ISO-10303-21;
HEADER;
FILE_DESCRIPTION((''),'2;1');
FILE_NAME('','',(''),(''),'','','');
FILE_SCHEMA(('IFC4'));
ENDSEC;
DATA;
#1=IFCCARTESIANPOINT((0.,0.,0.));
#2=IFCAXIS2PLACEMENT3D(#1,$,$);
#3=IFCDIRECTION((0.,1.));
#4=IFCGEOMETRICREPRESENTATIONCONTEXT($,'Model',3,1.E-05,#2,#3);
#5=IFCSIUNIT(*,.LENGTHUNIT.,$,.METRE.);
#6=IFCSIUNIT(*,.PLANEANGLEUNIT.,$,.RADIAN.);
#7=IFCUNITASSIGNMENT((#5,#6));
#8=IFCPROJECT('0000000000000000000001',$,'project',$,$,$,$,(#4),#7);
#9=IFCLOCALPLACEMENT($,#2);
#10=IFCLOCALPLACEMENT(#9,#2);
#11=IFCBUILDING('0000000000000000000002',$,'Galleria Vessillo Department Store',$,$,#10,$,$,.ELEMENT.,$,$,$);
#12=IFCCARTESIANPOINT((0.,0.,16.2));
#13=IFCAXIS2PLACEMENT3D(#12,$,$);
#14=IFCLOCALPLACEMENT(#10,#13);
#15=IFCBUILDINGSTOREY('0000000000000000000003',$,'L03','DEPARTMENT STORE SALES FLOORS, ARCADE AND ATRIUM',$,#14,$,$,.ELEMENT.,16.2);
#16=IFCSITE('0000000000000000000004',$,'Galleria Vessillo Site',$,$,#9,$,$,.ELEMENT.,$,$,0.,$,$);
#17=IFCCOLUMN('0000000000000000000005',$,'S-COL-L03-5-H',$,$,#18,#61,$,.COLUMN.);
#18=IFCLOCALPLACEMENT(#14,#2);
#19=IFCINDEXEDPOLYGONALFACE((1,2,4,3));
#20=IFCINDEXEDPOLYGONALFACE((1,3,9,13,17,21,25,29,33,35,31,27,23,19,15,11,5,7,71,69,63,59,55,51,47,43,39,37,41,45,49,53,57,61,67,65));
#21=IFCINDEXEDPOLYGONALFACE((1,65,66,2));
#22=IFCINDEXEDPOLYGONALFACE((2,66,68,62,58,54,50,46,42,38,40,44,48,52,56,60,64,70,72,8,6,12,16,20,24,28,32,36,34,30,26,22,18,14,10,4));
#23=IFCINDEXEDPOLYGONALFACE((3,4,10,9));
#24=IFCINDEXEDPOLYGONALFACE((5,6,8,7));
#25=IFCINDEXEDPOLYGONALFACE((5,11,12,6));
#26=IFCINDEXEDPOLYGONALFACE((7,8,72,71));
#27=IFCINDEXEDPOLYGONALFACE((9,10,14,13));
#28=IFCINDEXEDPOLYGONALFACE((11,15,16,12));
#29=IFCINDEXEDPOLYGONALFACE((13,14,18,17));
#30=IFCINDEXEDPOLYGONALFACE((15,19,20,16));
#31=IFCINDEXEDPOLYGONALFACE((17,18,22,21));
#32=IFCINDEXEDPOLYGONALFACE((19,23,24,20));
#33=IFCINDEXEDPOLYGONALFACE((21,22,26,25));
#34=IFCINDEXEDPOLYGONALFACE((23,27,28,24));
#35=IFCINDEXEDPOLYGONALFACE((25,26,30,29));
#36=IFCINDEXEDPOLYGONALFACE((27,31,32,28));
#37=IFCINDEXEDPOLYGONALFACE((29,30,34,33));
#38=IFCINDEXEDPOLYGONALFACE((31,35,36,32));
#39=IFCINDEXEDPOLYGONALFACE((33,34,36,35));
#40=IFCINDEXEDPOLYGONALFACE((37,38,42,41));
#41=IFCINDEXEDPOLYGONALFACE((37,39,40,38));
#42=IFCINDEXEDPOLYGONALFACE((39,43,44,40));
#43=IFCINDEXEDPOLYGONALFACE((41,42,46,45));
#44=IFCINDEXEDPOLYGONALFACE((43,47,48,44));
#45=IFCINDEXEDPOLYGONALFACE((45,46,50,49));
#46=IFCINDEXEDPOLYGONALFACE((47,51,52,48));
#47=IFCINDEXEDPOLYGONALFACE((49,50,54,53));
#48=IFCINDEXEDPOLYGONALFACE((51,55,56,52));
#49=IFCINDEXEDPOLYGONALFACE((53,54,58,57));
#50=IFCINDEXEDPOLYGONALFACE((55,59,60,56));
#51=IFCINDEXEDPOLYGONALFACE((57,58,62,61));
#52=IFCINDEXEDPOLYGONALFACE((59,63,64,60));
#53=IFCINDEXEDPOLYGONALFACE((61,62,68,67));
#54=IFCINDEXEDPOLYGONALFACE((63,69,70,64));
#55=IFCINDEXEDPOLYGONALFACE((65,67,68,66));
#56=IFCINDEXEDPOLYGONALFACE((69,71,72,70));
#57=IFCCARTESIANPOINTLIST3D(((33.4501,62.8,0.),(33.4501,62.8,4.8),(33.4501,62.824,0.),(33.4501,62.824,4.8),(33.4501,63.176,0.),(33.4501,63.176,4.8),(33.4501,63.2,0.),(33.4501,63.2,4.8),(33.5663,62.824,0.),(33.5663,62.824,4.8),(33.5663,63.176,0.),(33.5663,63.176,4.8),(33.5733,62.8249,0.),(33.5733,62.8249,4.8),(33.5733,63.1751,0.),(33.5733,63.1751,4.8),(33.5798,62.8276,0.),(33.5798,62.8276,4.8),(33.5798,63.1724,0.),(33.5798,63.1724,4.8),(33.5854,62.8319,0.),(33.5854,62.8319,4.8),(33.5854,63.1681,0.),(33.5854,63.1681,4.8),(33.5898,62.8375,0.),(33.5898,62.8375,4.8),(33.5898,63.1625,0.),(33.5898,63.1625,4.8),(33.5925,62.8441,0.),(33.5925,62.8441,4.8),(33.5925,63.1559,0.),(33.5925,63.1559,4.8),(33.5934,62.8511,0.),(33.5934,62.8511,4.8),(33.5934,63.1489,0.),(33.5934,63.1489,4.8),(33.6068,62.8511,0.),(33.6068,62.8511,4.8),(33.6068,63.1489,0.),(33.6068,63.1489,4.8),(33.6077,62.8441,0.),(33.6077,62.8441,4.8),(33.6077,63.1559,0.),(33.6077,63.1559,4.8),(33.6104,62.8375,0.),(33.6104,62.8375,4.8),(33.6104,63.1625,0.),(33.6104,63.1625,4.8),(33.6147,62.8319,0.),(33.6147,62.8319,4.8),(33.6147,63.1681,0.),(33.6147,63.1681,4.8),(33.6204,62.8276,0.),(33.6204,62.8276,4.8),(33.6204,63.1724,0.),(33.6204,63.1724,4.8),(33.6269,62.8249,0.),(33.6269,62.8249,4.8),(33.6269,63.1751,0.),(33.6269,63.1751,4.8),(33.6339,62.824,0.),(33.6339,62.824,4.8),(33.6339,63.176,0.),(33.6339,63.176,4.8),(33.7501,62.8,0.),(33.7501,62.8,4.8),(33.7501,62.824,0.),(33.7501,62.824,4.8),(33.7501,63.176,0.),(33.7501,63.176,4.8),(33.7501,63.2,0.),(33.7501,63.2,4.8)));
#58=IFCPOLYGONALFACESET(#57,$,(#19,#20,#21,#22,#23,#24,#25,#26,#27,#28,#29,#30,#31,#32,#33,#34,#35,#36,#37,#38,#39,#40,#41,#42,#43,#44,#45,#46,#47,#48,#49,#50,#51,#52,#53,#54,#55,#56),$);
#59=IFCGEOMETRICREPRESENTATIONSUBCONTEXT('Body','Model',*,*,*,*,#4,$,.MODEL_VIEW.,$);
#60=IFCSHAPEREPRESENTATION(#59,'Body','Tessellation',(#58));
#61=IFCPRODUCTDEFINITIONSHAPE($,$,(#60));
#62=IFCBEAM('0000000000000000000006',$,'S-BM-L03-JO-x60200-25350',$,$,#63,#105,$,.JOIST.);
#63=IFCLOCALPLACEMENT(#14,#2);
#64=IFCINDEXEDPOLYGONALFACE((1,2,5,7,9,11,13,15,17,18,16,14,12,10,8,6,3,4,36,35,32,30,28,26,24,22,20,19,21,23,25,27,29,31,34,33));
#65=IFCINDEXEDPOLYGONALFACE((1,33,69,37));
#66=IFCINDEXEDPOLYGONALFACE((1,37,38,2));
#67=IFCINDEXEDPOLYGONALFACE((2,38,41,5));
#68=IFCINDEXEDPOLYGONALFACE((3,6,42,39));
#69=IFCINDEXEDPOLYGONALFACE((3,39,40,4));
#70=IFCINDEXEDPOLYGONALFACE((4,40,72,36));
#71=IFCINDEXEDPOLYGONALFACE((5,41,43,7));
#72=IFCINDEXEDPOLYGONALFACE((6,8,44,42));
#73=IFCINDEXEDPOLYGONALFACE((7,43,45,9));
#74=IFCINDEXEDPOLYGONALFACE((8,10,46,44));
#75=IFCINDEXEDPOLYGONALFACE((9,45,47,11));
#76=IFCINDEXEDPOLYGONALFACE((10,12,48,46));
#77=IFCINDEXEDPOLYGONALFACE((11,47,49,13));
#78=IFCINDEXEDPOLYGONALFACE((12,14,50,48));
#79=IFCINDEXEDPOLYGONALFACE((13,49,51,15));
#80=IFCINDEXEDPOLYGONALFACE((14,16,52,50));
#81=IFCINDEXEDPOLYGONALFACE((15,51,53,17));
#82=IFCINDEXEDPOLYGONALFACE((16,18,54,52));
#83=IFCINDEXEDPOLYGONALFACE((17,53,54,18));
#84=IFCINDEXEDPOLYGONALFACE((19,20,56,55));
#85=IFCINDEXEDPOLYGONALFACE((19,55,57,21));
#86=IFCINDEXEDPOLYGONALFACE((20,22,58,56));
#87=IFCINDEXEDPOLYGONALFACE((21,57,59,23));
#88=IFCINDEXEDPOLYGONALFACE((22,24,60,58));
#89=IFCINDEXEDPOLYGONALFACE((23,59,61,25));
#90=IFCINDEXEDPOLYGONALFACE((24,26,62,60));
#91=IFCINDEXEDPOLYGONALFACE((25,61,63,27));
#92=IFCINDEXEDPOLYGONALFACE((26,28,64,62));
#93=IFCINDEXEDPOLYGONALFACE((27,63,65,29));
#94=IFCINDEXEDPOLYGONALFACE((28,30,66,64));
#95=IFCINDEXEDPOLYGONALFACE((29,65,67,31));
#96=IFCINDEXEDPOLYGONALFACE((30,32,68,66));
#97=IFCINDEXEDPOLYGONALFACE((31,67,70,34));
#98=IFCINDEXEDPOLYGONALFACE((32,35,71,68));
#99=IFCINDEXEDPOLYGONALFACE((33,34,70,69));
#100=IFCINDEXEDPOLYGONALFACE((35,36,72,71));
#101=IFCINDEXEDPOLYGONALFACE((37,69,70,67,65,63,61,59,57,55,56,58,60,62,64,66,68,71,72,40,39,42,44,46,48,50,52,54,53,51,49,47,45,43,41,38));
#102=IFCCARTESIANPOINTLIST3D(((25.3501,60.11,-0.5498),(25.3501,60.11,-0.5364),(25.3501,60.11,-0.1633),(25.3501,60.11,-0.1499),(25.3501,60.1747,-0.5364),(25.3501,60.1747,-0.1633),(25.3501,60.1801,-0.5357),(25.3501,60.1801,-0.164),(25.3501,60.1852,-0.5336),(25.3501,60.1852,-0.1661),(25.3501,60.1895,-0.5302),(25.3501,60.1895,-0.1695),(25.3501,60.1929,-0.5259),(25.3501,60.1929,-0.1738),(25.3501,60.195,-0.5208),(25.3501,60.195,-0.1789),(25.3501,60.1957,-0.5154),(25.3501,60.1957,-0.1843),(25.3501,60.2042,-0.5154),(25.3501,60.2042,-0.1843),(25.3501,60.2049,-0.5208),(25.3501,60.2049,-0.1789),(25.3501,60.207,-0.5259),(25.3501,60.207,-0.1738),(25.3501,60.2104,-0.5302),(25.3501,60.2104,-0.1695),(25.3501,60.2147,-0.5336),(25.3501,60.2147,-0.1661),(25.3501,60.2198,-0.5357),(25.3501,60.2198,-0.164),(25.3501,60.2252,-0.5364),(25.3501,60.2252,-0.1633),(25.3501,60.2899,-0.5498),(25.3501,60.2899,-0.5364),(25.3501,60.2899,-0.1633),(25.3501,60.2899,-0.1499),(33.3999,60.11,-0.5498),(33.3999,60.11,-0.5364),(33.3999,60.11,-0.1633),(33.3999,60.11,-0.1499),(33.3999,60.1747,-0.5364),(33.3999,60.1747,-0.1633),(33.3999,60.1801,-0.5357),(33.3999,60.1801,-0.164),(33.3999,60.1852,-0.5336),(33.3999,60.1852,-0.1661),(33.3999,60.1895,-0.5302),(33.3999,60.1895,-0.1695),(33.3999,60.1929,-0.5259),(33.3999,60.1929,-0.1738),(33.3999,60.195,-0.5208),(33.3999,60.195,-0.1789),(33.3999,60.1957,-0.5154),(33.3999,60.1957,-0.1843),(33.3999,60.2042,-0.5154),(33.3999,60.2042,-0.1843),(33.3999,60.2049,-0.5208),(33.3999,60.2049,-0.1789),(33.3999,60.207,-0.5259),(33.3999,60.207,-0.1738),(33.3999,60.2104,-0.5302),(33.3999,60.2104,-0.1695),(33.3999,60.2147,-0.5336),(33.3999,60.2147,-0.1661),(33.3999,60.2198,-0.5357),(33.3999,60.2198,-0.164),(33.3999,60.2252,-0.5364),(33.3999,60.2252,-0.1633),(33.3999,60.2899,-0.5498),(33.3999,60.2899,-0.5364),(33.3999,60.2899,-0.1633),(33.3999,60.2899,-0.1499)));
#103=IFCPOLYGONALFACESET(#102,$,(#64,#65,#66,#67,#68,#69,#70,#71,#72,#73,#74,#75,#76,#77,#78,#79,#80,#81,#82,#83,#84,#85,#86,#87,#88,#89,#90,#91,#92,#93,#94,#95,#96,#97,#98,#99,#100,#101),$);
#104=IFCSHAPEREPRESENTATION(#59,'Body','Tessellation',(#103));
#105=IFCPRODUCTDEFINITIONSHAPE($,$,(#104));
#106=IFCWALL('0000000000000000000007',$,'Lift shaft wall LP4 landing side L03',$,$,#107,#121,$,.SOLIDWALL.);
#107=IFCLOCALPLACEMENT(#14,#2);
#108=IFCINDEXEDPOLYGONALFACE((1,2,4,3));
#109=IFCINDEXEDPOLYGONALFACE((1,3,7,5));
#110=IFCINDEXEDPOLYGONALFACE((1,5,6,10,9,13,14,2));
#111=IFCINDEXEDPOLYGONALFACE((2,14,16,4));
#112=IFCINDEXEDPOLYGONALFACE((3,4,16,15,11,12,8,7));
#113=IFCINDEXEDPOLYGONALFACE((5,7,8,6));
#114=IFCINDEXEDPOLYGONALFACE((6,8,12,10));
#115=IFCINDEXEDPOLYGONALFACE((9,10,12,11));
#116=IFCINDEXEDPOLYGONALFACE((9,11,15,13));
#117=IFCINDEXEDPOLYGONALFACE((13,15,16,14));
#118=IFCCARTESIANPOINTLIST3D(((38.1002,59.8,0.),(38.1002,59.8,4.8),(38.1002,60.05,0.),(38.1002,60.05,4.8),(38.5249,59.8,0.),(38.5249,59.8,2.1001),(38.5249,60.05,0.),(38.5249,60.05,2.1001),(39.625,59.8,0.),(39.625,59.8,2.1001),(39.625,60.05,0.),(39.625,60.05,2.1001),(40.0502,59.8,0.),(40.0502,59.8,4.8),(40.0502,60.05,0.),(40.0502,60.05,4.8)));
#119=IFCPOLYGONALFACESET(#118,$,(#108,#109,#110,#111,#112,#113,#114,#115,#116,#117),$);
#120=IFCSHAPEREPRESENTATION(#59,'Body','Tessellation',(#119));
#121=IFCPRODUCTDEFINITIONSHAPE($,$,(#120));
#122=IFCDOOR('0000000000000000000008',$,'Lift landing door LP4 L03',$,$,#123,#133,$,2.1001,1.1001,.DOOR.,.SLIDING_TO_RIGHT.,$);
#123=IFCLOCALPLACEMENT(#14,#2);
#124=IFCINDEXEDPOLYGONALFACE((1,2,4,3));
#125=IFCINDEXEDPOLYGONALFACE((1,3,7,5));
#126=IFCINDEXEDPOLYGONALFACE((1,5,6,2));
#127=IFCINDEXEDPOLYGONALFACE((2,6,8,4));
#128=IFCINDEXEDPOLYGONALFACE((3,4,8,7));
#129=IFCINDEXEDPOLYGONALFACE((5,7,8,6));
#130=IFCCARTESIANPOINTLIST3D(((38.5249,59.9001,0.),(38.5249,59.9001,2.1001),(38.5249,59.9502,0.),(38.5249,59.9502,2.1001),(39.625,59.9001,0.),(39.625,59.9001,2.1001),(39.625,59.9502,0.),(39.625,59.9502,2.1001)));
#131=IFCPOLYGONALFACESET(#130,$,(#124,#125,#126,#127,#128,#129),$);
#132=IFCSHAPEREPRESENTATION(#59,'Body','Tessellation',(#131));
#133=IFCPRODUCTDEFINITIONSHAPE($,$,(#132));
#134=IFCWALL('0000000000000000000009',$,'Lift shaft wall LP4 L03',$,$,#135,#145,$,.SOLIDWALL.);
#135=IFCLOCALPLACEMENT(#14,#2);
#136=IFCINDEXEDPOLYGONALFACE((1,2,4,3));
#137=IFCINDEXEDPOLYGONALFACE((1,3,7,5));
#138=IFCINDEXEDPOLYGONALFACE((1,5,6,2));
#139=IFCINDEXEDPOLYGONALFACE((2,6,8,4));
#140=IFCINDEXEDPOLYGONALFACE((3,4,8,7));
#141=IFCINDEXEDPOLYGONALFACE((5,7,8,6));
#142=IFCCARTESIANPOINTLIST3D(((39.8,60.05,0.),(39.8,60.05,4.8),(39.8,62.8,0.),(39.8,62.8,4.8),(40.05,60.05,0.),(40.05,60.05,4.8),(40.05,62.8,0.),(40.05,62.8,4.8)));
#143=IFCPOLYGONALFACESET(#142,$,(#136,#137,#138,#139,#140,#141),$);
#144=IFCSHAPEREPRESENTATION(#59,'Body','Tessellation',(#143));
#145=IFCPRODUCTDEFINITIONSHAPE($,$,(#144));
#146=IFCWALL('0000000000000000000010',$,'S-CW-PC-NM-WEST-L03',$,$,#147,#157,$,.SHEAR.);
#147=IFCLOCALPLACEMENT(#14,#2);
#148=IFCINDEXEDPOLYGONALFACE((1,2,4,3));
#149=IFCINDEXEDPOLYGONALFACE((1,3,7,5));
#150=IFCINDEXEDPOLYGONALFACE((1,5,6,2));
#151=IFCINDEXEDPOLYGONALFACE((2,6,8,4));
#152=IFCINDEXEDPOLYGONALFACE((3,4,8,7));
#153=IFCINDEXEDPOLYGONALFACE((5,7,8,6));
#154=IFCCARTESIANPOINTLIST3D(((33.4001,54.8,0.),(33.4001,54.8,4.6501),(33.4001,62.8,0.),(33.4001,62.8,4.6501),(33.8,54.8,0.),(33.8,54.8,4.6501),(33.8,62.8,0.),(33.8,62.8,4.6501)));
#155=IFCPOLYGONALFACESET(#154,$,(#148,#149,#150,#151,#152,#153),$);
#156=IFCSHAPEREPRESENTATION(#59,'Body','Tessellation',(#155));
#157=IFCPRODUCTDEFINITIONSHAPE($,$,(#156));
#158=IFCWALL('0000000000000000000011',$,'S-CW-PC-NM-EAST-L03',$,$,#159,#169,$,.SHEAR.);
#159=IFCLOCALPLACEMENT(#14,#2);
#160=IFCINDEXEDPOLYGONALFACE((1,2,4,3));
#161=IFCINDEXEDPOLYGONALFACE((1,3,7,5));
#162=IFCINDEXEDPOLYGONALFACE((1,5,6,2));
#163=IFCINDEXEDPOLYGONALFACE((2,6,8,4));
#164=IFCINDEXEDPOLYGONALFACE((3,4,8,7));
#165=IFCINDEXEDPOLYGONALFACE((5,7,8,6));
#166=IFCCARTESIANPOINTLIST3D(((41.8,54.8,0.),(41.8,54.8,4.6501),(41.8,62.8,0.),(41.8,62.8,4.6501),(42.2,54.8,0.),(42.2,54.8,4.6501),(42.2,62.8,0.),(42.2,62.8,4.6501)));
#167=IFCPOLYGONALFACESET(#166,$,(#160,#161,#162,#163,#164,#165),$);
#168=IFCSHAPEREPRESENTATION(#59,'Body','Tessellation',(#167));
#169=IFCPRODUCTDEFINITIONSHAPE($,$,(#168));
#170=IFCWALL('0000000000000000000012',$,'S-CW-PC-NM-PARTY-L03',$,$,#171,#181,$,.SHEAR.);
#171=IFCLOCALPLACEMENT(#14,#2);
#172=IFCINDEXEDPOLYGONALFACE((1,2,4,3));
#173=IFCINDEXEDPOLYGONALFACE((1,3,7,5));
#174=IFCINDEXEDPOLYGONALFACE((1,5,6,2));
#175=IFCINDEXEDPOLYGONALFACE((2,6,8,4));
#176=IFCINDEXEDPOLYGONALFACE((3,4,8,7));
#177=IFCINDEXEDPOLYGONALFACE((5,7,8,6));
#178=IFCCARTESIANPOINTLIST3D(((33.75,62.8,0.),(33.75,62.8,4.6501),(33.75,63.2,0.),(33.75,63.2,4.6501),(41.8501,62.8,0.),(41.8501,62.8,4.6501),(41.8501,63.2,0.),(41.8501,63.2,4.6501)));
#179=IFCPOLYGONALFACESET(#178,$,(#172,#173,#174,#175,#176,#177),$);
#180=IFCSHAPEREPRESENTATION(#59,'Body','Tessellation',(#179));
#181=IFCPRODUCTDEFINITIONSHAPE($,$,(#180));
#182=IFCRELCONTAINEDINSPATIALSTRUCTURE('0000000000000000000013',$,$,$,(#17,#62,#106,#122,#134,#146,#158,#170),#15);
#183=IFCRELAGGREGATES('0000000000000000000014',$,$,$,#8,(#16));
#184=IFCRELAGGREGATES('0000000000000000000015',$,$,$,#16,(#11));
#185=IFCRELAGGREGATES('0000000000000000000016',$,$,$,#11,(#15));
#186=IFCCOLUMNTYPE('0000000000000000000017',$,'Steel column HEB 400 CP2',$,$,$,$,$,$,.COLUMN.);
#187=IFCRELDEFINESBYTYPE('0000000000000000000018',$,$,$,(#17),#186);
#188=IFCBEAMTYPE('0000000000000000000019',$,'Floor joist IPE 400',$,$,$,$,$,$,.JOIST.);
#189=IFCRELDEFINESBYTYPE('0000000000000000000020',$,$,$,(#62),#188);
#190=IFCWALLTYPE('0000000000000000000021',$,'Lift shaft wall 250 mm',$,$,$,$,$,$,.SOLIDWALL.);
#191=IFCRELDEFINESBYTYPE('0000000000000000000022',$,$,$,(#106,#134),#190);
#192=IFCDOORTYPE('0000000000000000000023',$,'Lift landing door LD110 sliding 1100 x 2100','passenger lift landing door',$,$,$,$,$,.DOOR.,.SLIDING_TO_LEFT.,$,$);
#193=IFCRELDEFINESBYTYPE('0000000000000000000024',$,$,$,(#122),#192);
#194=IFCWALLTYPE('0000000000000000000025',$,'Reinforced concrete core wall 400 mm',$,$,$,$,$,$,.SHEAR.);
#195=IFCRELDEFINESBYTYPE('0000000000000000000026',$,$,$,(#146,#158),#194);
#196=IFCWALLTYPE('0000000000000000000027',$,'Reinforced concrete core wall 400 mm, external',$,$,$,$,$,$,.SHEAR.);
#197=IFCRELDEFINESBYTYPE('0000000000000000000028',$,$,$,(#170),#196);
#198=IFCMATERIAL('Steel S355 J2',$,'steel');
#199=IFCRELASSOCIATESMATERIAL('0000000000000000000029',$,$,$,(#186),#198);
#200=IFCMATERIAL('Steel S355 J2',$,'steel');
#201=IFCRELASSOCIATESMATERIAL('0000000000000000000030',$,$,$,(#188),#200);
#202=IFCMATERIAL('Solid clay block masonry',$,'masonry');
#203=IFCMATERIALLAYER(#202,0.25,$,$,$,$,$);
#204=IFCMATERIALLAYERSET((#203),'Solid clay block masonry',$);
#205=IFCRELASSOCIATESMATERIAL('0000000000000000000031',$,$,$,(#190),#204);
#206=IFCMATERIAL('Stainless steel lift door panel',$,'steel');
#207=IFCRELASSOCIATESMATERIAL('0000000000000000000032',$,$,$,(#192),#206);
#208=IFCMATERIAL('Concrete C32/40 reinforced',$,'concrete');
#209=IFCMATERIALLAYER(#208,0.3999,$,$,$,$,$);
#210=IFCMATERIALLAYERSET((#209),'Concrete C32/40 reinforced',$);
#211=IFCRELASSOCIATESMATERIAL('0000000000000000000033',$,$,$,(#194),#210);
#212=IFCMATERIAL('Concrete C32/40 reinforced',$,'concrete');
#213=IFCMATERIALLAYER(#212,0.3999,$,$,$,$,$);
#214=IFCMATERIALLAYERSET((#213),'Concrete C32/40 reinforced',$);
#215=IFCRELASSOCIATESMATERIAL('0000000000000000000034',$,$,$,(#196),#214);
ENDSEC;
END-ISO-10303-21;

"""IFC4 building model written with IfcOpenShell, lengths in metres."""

from ifc_helpers import new_model, si_unit, direction, frame, frame_2d, origin, origin_2d, place, context, subcontext, project, spatial, rectangle, i_section, extrude, material, layer, layer_set, material_profile, profile_set, type_object, element, fill, save


model = new_model("IFC4")

# Units and contexts
model_context = context("Model", 3, precision=1e-05, world=origin(), true_north=direction((0.0, 1.0)))
body_context = subcontext(model_context, "Body", "Model", "MODEL_VIEW")
ifc_project = project(units=[si_unit("LENGTHUNIT", "METRE"), si_unit("PLANEANGLEUNIT", "RADIAN")], contexts=[model_context])

# Site, building, storey
site_placement = place(None, origin())
site = spatial("IfcSite", under=ifc_project, at=site_placement, Name="Galleria Vessillo Site", CompositionType="ELEMENT", RefElevation=0.0)
building_placement = place(site_placement, origin())
building = spatial("IfcBuilding", under=site, at=building_placement, Name="Galleria Vessillo Department Store", CompositionType="ELEMENT")
storey_placement = place(building_placement, frame((0.0, 0.0, 16.2)))
storey = spatial("IfcBuildingStorey", under=building, at=storey_placement, Name="L03", Description="DEPARTMENT STORE SALES FLOORS, ARCADE AND ATRIUM", CompositionType="ELEMENT", Elevation=16.2)

# Column
ifc_material_1 = material(Name="Steel S355 J2", Category="steel")
ifc_material_profile_1 = material_profile(ifc_material_1, i_section(OverallWidth=0.3, OverallDepth=0.3999, WebThickness=0.0134, FlangeThickness=0.0239, FilletRadius=0.0271, at=origin_2d()), Name="HEB 400")
ifc_profile_set_1 = profile_set([ifc_material_profile_1], Name="Steel S355 J2")
column_type = type_object("IfcColumnType", Name="Steel column HEB 400 CP2", PredefinedType="COLUMN", material=ifc_profile_set_1)
column_placement = place(storey_placement, frame((33.6001, 63.0, 0.0), z_axis=(0.0, 0.0, 1.0), x_axis=(1.0, 0.0, 0.0)))
element("IfcColumn", 1, at=column_placement, inside=storey, type_object=column_type, Name="S-COL-L03-5-H", PredefinedType="COLUMN", context=body_context, shape_type="SweptSolid", body=[
    extrude(i_section(OverallWidth=0.3, OverallDepth=0.3999, WebThickness=0.0134, FlangeThickness=0.0239, FilletRadius=0.0271, at=origin_2d()), origin(), (0.0, 0.0, 1.0), 4.8),
])

# Beam
ifc_material_2 = material(Name="Steel S355 J2", Category="steel")
ifc_material_profile_2 = material_profile(ifc_material_2, i_section(OverallWidth=0.1799, OverallDepth=0.3999, WebThickness=0.0085, FlangeThickness=0.0134, FilletRadius=0.021, at=origin_2d()), Name="IPE 400")
ifc_profile_set_2 = profile_set([ifc_material_profile_2], Name="Steel S355 J2")
beam_type = type_object("IfcBeamType", Name="Floor joist IPE 400", PredefinedType="JOIST", material=ifc_profile_set_2)
beam_placement = place(storey_placement, frame((25.3501, 60.2, -0.3499), z_axis=(1.0, 0.0, 0.0), x_axis=(0.0, 1.0, 0.0)))
element("IfcBeam", 2, at=beam_placement, inside=storey, type_object=beam_type, Name="S-BM-L03-JO-x60200-25350", PredefinedType="JOIST", context=body_context, shape_type="SweptSolid", body=[
    extrude(i_section(OverallWidth=0.1799, OverallDepth=0.3999, WebThickness=0.0085, FlangeThickness=0.0134, FilletRadius=0.021, at=origin_2d()), origin(), (0.0, 0.0, 1.0), 8.0498),
])

# Wall, opening, door
ifc_material_3 = material(Name="Solid clay block masonry", Category="masonry")
ifc_layer_1 = layer(ifc_material_3, 0.25)
ifc_layer_set_1 = layer_set([ifc_layer_1], Name="Solid clay block masonry")
wall_type_1 = type_object("IfcWallType", Name="Lift shaft wall 250 mm", PredefinedType="SOLIDWALL", material=ifc_layer_set_1)
wall_1_placement = place(storey_placement, frame((38.1001, 59.925, 0.0), z_axis=(0.0, 0.0, 1.0), x_axis=(1.0, 0.0, 0.0)))
wall_1 = element("IfcWall", 3, at=wall_1_placement, inside=storey, type_object=wall_type_1, Name="Lift shaft wall LP4 landing side L03", PredefinedType="SOLIDWALL", context=body_context, shape_type="SweptSolid", body=[
    extrude(rectangle(XDim=1.95, YDim=0.25, at=frame_2d((0.9751, 0.0))), origin(), (0.0, 0.0, 1.0), 4.8),
])
opening_1_placement = place(wall_1_placement, frame((0.4248, 0.0, 0.0)))
opening_1 = element("IfcOpeningElement", 4, at=opening_1_placement, cuts=wall_1, PredefinedType="OPENING", context=body_context, shape_type="SweptSolid", body=[
    extrude(rectangle(XDim=1.1001, YDim=2.1001, at=frame_2d((0.55, 1.05))), frame((0.0, 0.135, 0.0), z_axis=(0.0, -1.0, 0.0), x_axis=(1.0, 0.0, 0.0)), (0.0, 0.0, 1.0), 0.27),
])
ifc_material_4 = material(Name="Stainless steel lift door panel", Category="steel")
door_type_1 = type_object("IfcDoorType", Name="Lift landing door LD110 sliding 1100 x 2100", Description="passenger lift landing door", OperationType="SLIDING_TO_LEFT", PredefinedType="DOOR", material=ifc_material_4)
door_1_placement = place(opening_1_placement, frame((1.1001, 0.0, 0.0), z_axis=(0.0, 0.0, 1.0), x_axis=(-1.0, 0.0, 0.0)))
door_1 = element("IfcDoor", 5, at=door_1_placement, inside=storey, type_object=door_type_1, Name="Lift landing door LP4 L03", OperationType="SLIDING_TO_RIGHT", OverallHeight=2.1001, OverallWidth=1.1001, PredefinedType="DOOR", context=body_context, shape_type="SweptSolid", body=[
    extrude(rectangle(XDim=1.1001, YDim=2.1001, at=frame_2d((0.55, 1.05))), frame((0.0, 0.0249, 0.0), z_axis=(0.0, -1.0, 0.0), x_axis=(1.0, 0.0, 0.0)), (0.0, 0.0, 1.0), 0.05),
])
fill(opening_1, door_1)

# Walls
wall_2_placement = place(storey_placement, frame((39.925, 62.8, 0.0), z_axis=(0.0, 0.0, 1.0), x_axis=(0.0, -1.0, 0.0)))
element("IfcWall", 6, at=wall_2_placement, inside=storey, type_object=wall_type_1, Name="Lift shaft wall LP4 L03", PredefinedType="SOLIDWALL", context=body_context, shape_type="SweptSolid", body=[
    extrude(rectangle(XDim=2.75, YDim=0.25, at=frame_2d((1.375, 0.0))), origin(), (0.0, 0.0, 1.0), 4.8),
])
ifc_material_5 = material(Name="Concrete C32/40 reinforced", Category="concrete")
ifc_layer_2 = layer(ifc_material_5, 0.3999)
ifc_layer_set_2 = layer_set([ifc_layer_2], Name="Concrete C32/40 reinforced")
wall_type_2 = type_object("IfcWallType", Name="Reinforced concrete core wall 400 mm", PredefinedType="SHEAR", material=ifc_layer_set_2)
for number, where, z_axis, x_axis, name in (
    (7, (33.6001, 54.8, 0.0), (0.0, 0.0, 1.0), (0.0, 1.0, 0.0), "S-CW-PC-NM-WEST-L03"),
    (8, (42.0, 54.8, 0.0), (0.0, 0.0, 1.0), (0.0, 1.0, 0.0), "S-CW-PC-NM-EAST-L03"),
):
    element("IfcWall", number, at=place(storey_placement, frame(where, z_axis=z_axis, x_axis=x_axis)), inside=storey, type_object=wall_type_2, Name=name, PredefinedType="SHEAR", context=body_context, shape_type="SweptSolid", body=[
        extrude(rectangle(XDim=8.0, YDim=0.3999, at=frame_2d((4.0, 0.0))), origin(), (0.0, 0.0, 1.0), 4.6501),
    ])
ifc_material_6 = material(Name="Concrete C32/40 reinforced", Category="concrete")
ifc_layer_3 = layer(ifc_material_6, 0.3999)
ifc_layer_set_3 = layer_set([ifc_layer_3], Name="Concrete C32/40 reinforced")
wall_type_3 = type_object("IfcWallType", Name="Reinforced concrete core wall 400 mm, external", PredefinedType="SHEAR", material=ifc_layer_set_3)
wall_3_placement = place(storey_placement, frame((33.75, 63.0, 0.0), z_axis=(0.0, 0.0, 1.0), x_axis=(1.0, 0.0, 0.0)))
element("IfcWall", 9, at=wall_3_placement, inside=storey, type_object=wall_type_3, Name="S-CW-PC-NM-PARTY-L03", PredefinedType="SHEAR", context=body_context, shape_type="SweptSolid", body=[
    extrude(rectangle(XDim=8.1001, YDim=0.3999, at=frame_2d((4.05, 0.0))), origin(), (0.0, 0.0, 1.0), 4.6501),
])

save(model, "model.ifc")
